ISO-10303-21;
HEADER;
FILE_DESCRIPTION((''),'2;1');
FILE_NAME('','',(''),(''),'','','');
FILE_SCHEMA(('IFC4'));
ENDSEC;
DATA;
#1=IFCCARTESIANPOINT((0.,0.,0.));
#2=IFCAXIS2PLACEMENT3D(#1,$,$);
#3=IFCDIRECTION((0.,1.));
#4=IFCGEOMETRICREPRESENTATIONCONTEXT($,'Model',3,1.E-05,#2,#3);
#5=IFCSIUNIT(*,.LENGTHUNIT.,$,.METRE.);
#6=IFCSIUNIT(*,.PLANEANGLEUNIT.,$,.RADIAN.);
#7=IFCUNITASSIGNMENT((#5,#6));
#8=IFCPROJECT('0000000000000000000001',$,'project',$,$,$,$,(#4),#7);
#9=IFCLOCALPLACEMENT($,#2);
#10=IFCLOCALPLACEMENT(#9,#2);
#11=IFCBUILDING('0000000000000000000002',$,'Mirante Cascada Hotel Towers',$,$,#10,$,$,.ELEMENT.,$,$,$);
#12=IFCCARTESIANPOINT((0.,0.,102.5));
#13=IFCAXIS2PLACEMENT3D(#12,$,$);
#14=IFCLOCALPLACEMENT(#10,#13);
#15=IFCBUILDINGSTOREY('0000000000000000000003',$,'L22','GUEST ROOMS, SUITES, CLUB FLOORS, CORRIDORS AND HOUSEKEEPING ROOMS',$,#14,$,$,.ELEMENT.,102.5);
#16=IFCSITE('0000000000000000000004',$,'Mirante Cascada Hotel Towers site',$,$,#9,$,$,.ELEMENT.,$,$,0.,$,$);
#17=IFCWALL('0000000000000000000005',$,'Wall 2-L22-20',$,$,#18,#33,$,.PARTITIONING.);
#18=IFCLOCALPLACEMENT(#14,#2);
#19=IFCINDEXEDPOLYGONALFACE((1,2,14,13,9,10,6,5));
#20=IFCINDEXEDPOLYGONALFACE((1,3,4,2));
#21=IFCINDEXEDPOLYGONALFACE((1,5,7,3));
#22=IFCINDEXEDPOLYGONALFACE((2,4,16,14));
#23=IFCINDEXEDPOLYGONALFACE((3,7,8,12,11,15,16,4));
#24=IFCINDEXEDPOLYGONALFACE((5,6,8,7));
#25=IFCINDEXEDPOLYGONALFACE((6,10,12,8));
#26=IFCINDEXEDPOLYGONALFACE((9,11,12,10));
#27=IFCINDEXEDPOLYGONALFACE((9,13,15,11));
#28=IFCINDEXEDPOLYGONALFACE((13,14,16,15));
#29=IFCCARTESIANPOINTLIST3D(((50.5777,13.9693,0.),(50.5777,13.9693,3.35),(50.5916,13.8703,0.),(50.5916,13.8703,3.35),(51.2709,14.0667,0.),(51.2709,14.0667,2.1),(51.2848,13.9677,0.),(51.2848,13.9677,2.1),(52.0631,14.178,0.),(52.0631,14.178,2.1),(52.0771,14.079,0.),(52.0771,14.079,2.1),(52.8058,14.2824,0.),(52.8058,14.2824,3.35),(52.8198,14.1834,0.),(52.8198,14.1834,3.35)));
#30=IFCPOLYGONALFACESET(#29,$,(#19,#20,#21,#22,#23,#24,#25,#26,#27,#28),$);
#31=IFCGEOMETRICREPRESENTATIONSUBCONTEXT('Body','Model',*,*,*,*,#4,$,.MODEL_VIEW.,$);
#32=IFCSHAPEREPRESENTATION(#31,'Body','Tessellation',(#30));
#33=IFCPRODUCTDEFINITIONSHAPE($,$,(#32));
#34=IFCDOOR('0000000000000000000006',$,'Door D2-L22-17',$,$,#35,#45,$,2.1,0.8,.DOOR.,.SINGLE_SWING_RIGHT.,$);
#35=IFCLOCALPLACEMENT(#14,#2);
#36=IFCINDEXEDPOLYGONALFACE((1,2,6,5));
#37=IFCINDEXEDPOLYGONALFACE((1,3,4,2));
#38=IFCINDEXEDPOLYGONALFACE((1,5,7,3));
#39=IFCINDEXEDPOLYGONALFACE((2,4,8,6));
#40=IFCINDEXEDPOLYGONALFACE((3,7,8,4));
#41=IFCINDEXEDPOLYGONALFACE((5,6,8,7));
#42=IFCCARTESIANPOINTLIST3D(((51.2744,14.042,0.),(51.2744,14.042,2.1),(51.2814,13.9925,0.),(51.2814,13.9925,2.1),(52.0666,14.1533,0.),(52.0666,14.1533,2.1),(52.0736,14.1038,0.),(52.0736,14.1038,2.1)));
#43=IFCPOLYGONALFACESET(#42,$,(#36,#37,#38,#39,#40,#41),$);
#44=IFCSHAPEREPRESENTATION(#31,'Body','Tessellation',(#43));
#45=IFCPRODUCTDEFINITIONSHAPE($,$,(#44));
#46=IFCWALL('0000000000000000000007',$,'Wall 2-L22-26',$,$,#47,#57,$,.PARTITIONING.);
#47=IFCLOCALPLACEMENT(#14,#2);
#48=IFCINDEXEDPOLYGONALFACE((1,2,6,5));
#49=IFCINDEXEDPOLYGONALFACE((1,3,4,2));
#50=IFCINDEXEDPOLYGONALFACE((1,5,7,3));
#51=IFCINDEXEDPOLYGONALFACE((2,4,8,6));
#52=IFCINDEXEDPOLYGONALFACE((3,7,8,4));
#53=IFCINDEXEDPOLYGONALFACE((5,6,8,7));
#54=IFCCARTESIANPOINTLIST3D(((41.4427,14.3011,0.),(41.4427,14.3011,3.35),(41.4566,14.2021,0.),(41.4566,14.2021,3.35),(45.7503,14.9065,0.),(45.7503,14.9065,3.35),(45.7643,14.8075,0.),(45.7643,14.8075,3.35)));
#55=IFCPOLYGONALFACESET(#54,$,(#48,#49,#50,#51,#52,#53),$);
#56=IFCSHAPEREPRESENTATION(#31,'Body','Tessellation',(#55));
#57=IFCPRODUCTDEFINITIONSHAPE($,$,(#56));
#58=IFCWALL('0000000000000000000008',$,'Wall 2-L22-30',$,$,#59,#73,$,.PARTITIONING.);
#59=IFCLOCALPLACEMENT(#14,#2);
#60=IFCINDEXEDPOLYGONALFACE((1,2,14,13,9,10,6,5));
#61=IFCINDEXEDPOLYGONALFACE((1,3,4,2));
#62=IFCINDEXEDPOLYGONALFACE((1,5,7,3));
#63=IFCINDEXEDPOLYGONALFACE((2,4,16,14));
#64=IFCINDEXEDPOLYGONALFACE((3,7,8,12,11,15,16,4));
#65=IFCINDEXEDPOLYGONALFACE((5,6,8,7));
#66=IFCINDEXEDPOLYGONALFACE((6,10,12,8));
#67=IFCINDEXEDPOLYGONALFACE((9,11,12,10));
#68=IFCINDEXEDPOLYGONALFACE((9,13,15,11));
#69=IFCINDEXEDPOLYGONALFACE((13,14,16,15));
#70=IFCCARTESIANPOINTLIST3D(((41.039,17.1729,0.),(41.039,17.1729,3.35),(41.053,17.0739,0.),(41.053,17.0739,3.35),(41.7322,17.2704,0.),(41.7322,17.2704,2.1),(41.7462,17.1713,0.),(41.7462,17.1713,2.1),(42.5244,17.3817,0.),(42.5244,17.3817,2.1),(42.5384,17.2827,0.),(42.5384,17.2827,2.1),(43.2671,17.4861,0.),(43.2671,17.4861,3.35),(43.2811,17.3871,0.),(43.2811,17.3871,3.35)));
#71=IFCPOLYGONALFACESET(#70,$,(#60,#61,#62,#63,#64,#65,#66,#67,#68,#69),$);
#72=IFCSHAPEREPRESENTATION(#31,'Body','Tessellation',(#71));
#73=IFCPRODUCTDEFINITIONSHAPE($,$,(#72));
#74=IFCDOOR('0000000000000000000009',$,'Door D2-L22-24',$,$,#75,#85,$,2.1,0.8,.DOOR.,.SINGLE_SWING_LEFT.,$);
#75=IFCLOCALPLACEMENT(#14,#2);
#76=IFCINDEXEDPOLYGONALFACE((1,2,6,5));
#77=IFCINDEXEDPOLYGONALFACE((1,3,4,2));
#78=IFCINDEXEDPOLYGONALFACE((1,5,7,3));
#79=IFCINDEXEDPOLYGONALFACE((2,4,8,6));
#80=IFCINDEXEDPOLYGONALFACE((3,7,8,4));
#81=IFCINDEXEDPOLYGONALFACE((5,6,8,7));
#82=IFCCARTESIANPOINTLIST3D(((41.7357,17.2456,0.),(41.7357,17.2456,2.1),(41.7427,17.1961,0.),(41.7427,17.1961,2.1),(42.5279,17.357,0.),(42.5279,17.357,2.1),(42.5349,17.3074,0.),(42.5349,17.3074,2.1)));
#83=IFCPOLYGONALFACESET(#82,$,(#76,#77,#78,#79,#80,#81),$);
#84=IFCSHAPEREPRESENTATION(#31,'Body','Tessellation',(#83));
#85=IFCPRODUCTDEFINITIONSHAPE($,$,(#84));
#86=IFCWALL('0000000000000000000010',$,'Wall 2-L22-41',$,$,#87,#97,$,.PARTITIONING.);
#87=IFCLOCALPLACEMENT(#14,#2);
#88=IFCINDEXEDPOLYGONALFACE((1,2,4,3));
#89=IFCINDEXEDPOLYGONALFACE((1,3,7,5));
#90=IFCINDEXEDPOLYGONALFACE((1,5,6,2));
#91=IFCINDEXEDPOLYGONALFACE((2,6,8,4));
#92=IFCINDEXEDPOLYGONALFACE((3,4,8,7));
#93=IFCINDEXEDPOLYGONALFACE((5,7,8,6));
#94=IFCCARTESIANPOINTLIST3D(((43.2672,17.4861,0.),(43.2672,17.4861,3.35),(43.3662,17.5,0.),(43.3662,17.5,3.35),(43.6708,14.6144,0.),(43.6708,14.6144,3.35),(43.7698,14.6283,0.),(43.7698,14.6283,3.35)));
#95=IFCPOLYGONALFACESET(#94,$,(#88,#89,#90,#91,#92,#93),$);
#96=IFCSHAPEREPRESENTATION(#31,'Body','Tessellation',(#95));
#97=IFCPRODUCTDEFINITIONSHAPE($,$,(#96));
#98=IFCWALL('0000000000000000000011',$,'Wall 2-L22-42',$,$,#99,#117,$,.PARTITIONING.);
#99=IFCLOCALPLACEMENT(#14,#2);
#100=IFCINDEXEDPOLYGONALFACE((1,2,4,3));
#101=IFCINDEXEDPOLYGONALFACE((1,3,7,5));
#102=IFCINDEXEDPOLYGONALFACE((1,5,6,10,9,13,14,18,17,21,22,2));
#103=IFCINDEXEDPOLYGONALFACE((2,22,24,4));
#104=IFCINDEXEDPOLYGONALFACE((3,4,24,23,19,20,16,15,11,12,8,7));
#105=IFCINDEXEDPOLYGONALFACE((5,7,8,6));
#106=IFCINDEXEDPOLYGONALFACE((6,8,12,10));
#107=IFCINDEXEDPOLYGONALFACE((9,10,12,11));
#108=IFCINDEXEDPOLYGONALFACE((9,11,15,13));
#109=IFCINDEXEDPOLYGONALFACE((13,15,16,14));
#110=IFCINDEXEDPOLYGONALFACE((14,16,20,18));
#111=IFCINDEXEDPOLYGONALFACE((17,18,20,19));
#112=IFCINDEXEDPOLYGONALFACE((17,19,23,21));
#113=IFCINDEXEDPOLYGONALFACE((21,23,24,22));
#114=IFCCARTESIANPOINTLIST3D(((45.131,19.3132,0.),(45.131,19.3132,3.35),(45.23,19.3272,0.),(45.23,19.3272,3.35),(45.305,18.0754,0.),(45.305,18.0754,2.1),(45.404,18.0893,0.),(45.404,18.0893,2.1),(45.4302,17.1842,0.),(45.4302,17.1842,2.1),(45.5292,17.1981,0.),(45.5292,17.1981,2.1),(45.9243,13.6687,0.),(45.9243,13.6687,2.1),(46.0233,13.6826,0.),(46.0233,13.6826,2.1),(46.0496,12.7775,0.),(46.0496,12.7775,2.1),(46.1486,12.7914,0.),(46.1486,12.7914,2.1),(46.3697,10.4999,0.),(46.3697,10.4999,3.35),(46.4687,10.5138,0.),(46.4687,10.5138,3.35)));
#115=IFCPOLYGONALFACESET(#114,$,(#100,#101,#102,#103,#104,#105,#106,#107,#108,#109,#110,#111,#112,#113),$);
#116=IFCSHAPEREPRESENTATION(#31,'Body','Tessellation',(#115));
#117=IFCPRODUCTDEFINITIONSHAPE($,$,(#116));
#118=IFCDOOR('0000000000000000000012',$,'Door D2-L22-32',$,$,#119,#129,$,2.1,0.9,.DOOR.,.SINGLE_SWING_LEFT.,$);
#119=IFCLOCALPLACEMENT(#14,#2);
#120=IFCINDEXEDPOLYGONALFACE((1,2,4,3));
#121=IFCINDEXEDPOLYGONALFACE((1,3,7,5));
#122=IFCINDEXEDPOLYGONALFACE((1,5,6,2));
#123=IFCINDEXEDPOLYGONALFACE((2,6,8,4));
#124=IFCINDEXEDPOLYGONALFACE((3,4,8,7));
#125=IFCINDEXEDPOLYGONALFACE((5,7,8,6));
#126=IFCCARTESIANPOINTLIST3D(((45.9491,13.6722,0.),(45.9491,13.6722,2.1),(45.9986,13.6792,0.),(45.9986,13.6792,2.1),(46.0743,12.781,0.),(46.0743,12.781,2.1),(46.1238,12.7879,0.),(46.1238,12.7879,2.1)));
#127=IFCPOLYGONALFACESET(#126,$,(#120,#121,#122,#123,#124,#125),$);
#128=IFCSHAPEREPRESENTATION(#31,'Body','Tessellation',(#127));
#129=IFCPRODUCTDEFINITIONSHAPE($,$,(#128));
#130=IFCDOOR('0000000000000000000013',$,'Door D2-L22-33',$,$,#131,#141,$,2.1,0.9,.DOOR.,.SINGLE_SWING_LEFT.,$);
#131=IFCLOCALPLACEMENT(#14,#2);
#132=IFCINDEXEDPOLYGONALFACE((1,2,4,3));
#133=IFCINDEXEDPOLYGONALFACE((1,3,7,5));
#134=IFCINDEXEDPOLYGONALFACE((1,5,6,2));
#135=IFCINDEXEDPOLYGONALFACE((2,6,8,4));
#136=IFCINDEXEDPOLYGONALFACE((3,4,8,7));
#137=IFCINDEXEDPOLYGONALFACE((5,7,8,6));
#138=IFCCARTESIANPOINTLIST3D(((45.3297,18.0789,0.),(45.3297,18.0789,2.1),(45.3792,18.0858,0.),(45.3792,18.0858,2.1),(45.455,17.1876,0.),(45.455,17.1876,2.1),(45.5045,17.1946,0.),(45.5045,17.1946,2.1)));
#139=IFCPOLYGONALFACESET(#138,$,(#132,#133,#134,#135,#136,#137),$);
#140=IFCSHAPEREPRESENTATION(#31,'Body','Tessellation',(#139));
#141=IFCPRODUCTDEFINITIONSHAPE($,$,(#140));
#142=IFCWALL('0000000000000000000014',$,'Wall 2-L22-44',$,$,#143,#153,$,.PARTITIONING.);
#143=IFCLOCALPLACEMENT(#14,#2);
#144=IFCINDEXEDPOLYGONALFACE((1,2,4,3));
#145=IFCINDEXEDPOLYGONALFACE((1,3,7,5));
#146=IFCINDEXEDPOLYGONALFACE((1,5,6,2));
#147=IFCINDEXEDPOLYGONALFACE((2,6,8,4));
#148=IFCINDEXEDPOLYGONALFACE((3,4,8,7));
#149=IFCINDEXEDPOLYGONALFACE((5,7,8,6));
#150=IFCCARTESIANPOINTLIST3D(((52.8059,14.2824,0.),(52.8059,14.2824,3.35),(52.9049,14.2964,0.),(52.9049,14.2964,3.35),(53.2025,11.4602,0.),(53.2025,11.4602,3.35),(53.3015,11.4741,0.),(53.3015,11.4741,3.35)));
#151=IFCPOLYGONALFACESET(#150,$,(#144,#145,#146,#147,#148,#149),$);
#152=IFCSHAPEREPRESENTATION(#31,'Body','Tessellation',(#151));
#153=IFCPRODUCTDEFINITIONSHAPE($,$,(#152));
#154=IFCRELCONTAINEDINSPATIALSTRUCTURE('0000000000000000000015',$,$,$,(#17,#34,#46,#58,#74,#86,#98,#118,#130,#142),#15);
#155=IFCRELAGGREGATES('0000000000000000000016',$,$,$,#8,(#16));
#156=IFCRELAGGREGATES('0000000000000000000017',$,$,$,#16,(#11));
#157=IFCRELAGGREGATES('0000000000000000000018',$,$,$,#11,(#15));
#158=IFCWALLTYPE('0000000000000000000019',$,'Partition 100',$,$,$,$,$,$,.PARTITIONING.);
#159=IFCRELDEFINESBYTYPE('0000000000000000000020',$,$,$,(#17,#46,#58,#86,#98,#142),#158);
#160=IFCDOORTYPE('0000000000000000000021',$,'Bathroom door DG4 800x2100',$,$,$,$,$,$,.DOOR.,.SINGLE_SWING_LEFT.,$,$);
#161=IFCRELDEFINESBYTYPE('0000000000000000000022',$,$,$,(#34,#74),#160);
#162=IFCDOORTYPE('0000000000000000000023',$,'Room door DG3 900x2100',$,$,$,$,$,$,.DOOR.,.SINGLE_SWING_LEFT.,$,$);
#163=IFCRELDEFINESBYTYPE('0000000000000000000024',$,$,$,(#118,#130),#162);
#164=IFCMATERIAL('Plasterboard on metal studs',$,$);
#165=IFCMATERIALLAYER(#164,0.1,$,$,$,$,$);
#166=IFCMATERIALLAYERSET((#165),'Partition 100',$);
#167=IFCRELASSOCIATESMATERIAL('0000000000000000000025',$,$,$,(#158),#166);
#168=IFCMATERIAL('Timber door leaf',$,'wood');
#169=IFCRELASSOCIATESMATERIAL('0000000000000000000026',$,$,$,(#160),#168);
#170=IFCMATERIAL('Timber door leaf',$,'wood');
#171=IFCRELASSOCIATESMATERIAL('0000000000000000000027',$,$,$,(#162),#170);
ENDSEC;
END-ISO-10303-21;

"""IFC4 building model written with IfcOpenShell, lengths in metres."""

from ifc_helpers import new_model, si_unit, direction, frame, frame_2d, origin, place, context, subcontext, project, spatial, rectangle, extrude, material, layer, layer_set, type_object, element, fill, save


model = new_model("IFC4")

# Units and contexts
model_context = context("Model", 3, precision=1e-05, world=origin(), true_north=direction((0.0, 1.0)))
body_context = subcontext(model_context, "Body", "Model", "MODEL_VIEW")
ifc_project = project(units=[si_unit("LENGTHUNIT", "METRE"), si_unit("PLANEANGLEUNIT", "RADIAN")], contexts=[model_context])

# Site, building, storey
site_placement = place(None, origin())
site = spatial("IfcSite", under=ifc_project, at=site_placement, Name="Mirante Cascada Hotel Towers site", CompositionType="ELEMENT", RefElevation=0.0)
building_placement = place(site_placement, origin())
building = spatial("IfcBuilding", under=site, at=building_placement, Name="Mirante Cascada Hotel Towers", CompositionType="ELEMENT")
storey_placement = place(building_placement, frame((0.0, 0.0, 102.5)))
storey = spatial("IfcBuildingStorey", under=building, at=storey_placement, Name="L22", Description="GUEST ROOMS, SUITES, CLUB FLOORS, CORRIDORS AND HOUSEKEEPING ROOMS", CompositionType="ELEMENT", Elevation=102.5)

# Wall, opening, door
ifc_material_1 = material(Name="Plasterboard on metal studs")
ifc_layer_1 = layer(ifc_material_1, 0.1)
ifc_layer_set_1 = layer_set([ifc_layer_1], Name="Partition 100")
wall_type_1 = type_object("IfcWallType", Name="Partition 100", PredefinedType="PARTITIONING", material=ifc_layer_set_1)
wall_1_placement = place(storey_placement, frame((52.8128, 14.2329, 0.0), z_axis=(0.0, 0.0, 1.0), x_axis=(-0.990271, -0.139156, 0.0)))
wall_1 = element("IfcWall", 1, at=wall_1_placement, inside=storey, type_object=wall_type_1, Name="Wall 2-L22-20", PredefinedType="PARTITIONING", context=body_context, shape_type="SweptSolid", body=[
    extrude(rectangle(XDim=2.25, YDim=0.1, at=frame_2d((1.125, 0.0))), origin(), (0.0, 0.0, 1.0), 3.35),
])
opening_1_placement = place(wall_1_placement, frame((0.75, 0.0, 0.0)))
opening_1 = element("IfcOpeningElement", 2, at=opening_1_placement, cuts=wall_1, PredefinedType="OPENING", context=body_context, shape_type="SweptSolid", body=[
    extrude(rectangle(XDim=0.8, YDim=2.1, at=frame_2d((0.4, 1.05))), frame((0.0, 0.05, 0.0), z_axis=(0.0, -1.0, 0.0), x_axis=(1.0, 0.0, 0.0)), (0.0, 0.0, 1.0), 0.1),
])
ifc_material_2 = material(Name="Timber door leaf", Category="wood")
door_type_1 = type_object("IfcDoorType", Name="Bathroom door DG4 800x2100", OperationType="SINGLE_SWING_LEFT", PredefinedType="DOOR", material=ifc_material_2)
door_1_placement = place(opening_1_placement, frame((0.8, 0.0, 0.0), z_axis=(0.0, 0.0, 1.0), x_axis=(-1.0, 0.0, 0.0)))
door_1 = element("IfcDoor", 3, at=door_1_placement, inside=storey, type_object=door_type_1, Name="Door D2-L22-17", OperationType="SINGLE_SWING_RIGHT", OverallHeight=2.1, OverallWidth=0.8, PredefinedType="DOOR", context=body_context, shape_type="SweptSolid", body=[
    extrude(rectangle(XDim=0.8, YDim=2.1, at=frame_2d((0.4, 1.05))), frame((0.0, 0.025, 0.0), z_axis=(0.0, -1.0, 0.0), x_axis=(1.0, 0.0, 0.0)), (0.0, 0.0, 1.0), 0.05),
])
fill(opening_1, door_1)

# Wall
wall_2_placement = place(storey_placement, frame((45.7573, 14.857, 0.0), z_axis=(0.0, 0.0, 1.0), x_axis=(-0.990268, -0.139171, 0.0)))
element("IfcWall", 4, at=wall_2_placement, inside=storey, type_object=wall_type_1, Name="Wall 2-L22-26", PredefinedType="PARTITIONING", context=body_context, shape_type="SweptSolid", body=[
    extrude(rectangle(XDim=4.35, YDim=0.1, at=frame_2d((2.175, 0.0))), origin(), (0.0, 0.0, 1.0), 3.35),
])

# Wall, opening, door
wall_3_placement = place(storey_placement, frame((43.2741, 17.4366, 0.0), z_axis=(0.0, 0.0, 1.0), x_axis=(-0.990264, -0.1392, 0.0)))
wall_3 = element("IfcWall", 5, at=wall_3_placement, inside=storey, type_object=wall_type_1, Name="Wall 2-L22-30", PredefinedType="PARTITIONING", context=body_context, shape_type="SweptSolid", body=[
    extrude(rectangle(XDim=2.25, YDim=0.1, at=frame_2d((1.125, 0.0))), origin(), (0.0, 0.0, 1.0), 3.35),
])
opening_2_placement = place(wall_3_placement, frame((0.75, 0.0, 0.0)))
opening_2 = element("IfcOpeningElement", 6, at=opening_2_placement, cuts=wall_3, PredefinedType="OPENING", context=body_context, shape_type="SweptSolid", body=[
    extrude(rectangle(XDim=0.8, YDim=2.1, at=frame_2d((0.4, 1.05))), frame((0.0, 0.05, 0.0), z_axis=(0.0, -1.0, 0.0), x_axis=(1.0, 0.0, 0.0)), (0.0, 0.0, 1.0), 0.1),
])
door_2_placement = place(opening_2_placement, origin())
door_2 = element("IfcDoor", 7, at=door_2_placement, inside=storey, type_object=door_type_1, Name="Door D2-L22-24", OperationType="SINGLE_SWING_LEFT", OverallHeight=2.1, OverallWidth=0.8, PredefinedType="DOOR", context=body_context, shape_type="SweptSolid", body=[
    extrude(rectangle(XDim=0.8, YDim=2.1, at=frame_2d((0.4, 1.05))), frame((0.0, 0.025, 0.0), z_axis=(0.0, -1.0, 0.0), x_axis=(1.0, 0.0, 0.0)), (0.0, 0.0, 1.0), 0.05),
])
fill(opening_2, door_2)

# Wall
wall_4_placement = place(storey_placement, frame((43.7203, 14.6213, 0.0), z_axis=(0.0, 0.0, 1.0), x_axis=(-0.139176, 0.990268, 0.0)))
element("IfcWall", 8, at=wall_4_placement, inside=storey, type_object=wall_type_1, Name="Wall 2-L22-41", PredefinedType="PARTITIONING", context=body_context, shape_type="SweptSolid", body=[
    extrude(rectangle(XDim=2.8999, YDim=0.1, at=frame_2d((1.45, 0.0))), origin(), (0.0, 0.0, 1.0), 3.35),
])

# Wall, openings, doors
wall_5_placement = place(storey_placement, frame((45.1805, 19.3202, 0.0), z_axis=(0.0, 0.0, 1.0), x_axis=(0.139179, -0.990267, 0.0)))
wall_5 = element("IfcWall", 9, at=wall_5_placement, inside=storey, type_object=wall_type_1, Name="Wall 2-L22-42", PredefinedType="PARTITIONING", context=body_context, shape_type="SweptSolid", body=[
    extrude(rectangle(XDim=8.9, YDim=0.1, at=frame_2d((4.45, 0.0))), origin(), (0.0, 0.0, 1.0), 3.35),
])
opening_3_placement = place(wall_5_placement, frame((5.7, 0.0, 0.0)))
opening_3 = element("IfcOpeningElement", 10, at=opening_3_placement, cuts=wall_5, PredefinedType="OPENING", context=body_context, shape_type="SweptSolid", body=[
    extrude(rectangle(XDim=0.9, YDim=2.1, at=frame_2d((0.45, 1.05))), frame((0.0, 0.05, 0.0), z_axis=(0.0, -1.0, 0.0), x_axis=(1.0, 0.0, 0.0)), (0.0, 0.0, 1.0), 0.1),
])
opening_4_placement = place(wall_5_placement, frame((1.25, 0.0, 0.0)))
opening_4 = element("IfcOpeningElement", 11, at=opening_4_placement, cuts=wall_5, PredefinedType="OPENING", context=body_context, shape_type="SweptSolid", body=[
    extrude(rectangle(XDim=0.9, YDim=2.1, at=frame_2d((0.45, 1.05))), frame((0.0, 0.05, 0.0), z_axis=(0.0, -1.0, 0.0), x_axis=(1.0, 0.0, 0.0)), (0.0, 0.0, 1.0), 0.1),
])
ifc_material_3 = material(Name="Timber door leaf", Category="wood")
door_type_2 = type_object("IfcDoorType", Name="Room door DG3 900x2100", OperationType="SINGLE_SWING_LEFT", PredefinedType="DOOR", material=ifc_material_3)
door_3_placement = place(opening_3_placement, origin())
door_3 = element("IfcDoor", 12, at=door_3_placement, inside=storey, type_object=door_type_2, Name="Door D2-L22-32", OperationType="SINGLE_SWING_LEFT", OverallHeight=2.1, OverallWidth=0.9, PredefinedType="DOOR", context=body_context, shape_type="SweptSolid", body=[
    extrude(rectangle(XDim=0.9, YDim=2.1, at=frame_2d((0.45, 1.05))), frame((0.0, 0.025, 0.0), z_axis=(0.0, -1.0, 0.0), x_axis=(1.0, 0.0, 0.0)), (0.0, 0.0, 1.0), 0.05),
])
fill(opening_3, door_3)
door_4_placement = place(opening_4_placement, origin())
door_4 = element("IfcDoor", 13, at=door_4_placement, inside=storey, type_object=door_type_2, Name="Door D2-L22-33", OperationType="SINGLE_SWING_LEFT", OverallHeight=2.1, OverallWidth=0.9, PredefinedType="DOOR", context=body_context, shape_type="SweptSolid", body=[
    extrude(rectangle(XDim=0.9, YDim=2.1, at=frame_2d((0.45, 1.05))), frame((0.0, 0.025, 0.0), z_axis=(0.0, -1.0, 0.0), x_axis=(1.0, 0.0, 0.0)), (0.0, 0.0, 1.0), 0.05),
])
fill(opening_4, door_4)

# Wall
wall_6_placement = place(storey_placement, frame((52.8554, 14.2894, 0.0), z_axis=(0.0, 0.0, 1.0), x_axis=(0.139156, -0.99027, 0.0)))
element("IfcWall", 14, at=wall_6_placement, inside=storey, type_object=wall_type_1, Name="Wall 2-L22-44", PredefinedType="PARTITIONING", context=body_context, shape_type="SweptSolid", body=[
    extrude(rectangle(XDim=2.85, YDim=0.1, at=frame_2d((1.425, 0.0))), origin(), (0.0, 0.0, 1.0), 3.35),
])

save(model, "model.ifc")
